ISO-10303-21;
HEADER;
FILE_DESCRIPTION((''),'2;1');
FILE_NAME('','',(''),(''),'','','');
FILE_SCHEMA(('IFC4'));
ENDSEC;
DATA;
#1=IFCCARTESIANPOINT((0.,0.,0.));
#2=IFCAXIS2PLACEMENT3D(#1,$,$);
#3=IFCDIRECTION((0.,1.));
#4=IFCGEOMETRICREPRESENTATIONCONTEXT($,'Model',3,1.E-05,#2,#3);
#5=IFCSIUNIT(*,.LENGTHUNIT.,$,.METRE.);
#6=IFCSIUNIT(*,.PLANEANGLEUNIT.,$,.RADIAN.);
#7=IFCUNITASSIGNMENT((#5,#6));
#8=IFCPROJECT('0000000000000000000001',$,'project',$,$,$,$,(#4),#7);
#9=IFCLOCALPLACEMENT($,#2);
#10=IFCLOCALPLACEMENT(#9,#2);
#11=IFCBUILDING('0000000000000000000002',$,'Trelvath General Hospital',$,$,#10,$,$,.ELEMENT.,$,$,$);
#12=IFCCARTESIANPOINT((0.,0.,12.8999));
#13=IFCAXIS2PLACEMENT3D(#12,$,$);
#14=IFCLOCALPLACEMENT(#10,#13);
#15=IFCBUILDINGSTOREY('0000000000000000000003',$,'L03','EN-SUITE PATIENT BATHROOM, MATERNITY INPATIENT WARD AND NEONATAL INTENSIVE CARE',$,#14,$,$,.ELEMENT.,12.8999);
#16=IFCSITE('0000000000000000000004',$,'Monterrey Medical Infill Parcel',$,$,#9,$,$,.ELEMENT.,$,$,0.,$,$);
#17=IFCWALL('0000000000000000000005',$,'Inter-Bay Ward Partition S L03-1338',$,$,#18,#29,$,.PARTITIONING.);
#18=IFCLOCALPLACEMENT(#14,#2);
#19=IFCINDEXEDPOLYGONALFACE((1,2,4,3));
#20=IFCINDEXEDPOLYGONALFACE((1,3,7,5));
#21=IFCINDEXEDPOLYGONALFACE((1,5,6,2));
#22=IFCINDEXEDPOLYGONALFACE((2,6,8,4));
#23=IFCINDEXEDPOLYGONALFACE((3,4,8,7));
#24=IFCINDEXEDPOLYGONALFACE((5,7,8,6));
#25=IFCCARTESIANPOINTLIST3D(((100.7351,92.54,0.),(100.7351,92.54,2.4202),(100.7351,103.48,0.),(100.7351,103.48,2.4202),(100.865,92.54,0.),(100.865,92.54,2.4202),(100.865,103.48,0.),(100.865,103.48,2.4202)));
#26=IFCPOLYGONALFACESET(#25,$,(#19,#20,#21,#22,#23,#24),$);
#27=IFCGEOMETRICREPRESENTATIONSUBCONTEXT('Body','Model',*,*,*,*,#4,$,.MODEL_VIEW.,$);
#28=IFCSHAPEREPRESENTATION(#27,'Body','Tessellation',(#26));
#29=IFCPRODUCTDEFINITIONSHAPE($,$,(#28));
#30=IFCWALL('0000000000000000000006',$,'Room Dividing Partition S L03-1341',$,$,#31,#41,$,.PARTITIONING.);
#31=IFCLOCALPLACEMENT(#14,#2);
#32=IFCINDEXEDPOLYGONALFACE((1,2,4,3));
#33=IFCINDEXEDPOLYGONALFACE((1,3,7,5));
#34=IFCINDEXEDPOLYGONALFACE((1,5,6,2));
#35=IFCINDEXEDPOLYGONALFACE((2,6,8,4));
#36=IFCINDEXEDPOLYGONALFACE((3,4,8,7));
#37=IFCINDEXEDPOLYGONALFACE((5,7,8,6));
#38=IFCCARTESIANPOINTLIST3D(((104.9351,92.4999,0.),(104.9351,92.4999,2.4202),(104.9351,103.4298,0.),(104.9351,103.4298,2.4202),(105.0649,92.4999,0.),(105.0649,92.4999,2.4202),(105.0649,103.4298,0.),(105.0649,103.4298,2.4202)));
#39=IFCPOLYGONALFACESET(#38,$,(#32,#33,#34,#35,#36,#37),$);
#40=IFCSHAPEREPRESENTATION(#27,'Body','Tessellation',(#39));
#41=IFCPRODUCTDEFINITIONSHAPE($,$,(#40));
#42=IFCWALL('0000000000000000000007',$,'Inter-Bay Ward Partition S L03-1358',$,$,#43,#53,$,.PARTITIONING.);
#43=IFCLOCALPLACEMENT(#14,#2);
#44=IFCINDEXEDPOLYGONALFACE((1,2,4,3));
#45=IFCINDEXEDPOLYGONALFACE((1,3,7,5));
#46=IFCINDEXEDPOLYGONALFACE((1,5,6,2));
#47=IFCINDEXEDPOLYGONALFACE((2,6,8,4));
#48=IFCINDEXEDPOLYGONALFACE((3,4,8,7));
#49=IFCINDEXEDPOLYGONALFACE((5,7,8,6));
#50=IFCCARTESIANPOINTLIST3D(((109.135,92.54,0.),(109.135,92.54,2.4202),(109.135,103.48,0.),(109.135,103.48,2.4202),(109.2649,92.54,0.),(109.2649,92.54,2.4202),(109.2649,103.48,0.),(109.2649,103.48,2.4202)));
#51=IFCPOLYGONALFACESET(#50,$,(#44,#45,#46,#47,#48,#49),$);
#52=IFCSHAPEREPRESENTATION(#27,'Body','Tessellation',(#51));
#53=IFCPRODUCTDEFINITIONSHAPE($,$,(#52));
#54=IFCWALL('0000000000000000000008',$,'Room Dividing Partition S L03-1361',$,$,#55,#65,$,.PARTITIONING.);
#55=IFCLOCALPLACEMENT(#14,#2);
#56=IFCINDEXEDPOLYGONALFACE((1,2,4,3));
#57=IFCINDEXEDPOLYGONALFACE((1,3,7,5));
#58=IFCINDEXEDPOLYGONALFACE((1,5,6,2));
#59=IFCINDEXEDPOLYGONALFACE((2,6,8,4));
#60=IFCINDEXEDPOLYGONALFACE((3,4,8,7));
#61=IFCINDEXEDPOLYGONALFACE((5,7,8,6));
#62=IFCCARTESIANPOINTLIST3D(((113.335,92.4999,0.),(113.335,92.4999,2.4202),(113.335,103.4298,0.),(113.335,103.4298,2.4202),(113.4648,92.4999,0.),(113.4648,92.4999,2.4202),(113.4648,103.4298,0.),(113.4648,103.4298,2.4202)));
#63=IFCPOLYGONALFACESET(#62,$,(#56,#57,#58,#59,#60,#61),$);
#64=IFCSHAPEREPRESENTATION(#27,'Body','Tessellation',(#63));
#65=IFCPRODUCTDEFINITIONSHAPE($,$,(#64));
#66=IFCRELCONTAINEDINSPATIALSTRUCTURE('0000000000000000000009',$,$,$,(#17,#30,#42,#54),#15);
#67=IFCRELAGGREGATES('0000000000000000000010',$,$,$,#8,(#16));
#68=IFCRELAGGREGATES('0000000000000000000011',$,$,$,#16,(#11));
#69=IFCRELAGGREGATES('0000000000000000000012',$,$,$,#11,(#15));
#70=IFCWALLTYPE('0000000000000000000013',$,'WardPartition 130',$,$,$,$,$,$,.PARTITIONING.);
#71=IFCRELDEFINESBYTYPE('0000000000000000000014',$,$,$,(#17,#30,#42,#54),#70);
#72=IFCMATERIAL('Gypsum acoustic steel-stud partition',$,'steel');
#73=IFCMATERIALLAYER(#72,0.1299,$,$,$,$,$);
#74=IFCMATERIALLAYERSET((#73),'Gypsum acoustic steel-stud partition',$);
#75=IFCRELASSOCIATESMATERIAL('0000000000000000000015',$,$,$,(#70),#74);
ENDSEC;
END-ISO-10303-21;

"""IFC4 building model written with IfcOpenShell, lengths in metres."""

from ifc_helpers import new_model, si_unit, direction, frame, frame_2d, origin, place, context, subcontext, project, spatial, rectangle, extrude, material, layer, layer_set, type_object, element, save


model = new_model("IFC4")

# Units and contexts
model_context = context("Model", 3, precision=1e-05, world=origin(), true_north=direction((0.0, 1.0)))
body_context = subcontext(model_context, "Body", "Model", "MODEL_VIEW")
ifc_project = project(units=[si_unit("LENGTHUNIT", "METRE"), si_unit("PLANEANGLEUNIT", "RADIAN")], contexts=[model_context])

# Site, building, storey
site_placement = place(None, origin())
site = spatial("IfcSite", under=ifc_project, at=site_placement, Name="Monterrey Medical Infill Parcel", CompositionType="ELEMENT", RefElevation=0.0)
building_placement = place(site_placement, origin())
building = spatial("IfcBuilding", under=site, at=building_placement, Name="Trelvath General Hospital", CompositionType="ELEMENT")
storey_placement = place(building_placement, frame((0.0, 0.0, 12.8999)))
storey = spatial("IfcBuildingStorey", under=building, at=storey_placement, Name="L03", Description="EN-SUITE PATIENT BATHROOM, MATERNITY INPATIENT WARD AND NEONATAL INTENSIVE CARE", CompositionType="ELEMENT", Elevation=12.8999)

# Walls
ifc_material_1 = material(Name="Gypsum acoustic steel-stud partition", Category="steel")
ifc_layer_1 = layer(ifc_material_1, 0.1299)
ifc_layer_set_1 = layer_set([ifc_layer_1], Name="Gypsum acoustic steel-stud partition")
wall_type_1 = type_object("IfcWallType", Name="WardPartition 130", PredefinedType="PARTITIONING", material=ifc_layer_set_1)
wall_1_placement = place(storey_placement, frame((100.8, 92.54, 0.0), z_axis=(0.0, 0.0, 1.0), x_axis=(0.0, 1.0, 0.0)))
element("IfcWall", 1, at=wall_1_placement, inside=storey, type_object=wall_type_1, Name="Inter-Bay Ward Partition S L03-1338", PredefinedType="PARTITIONING", context=body_context, shape_type="SweptSolid", body=[
    extrude(rectangle(XDim=10.9399, YDim=0.1299, at=frame_2d((5.47, 0.0))), origin(), (0.0, 0.0, 1.0), 2.4202),
])
wall_2_placement = place(storey_placement, frame((105.0, 92.5, 0.0), z_axis=(0.0, 0.0, 1.0), x_axis=(0.0, 1.0, 0.0)))
element("IfcWall", 2, at=wall_2_placement, inside=storey, type_object=wall_type_1, Name="Room Dividing Partition S L03-1341", PredefinedType="PARTITIONING", context=body_context, shape_type="SweptSolid", body=[
    extrude(rectangle(XDim=10.9299, YDim=0.1299, at=frame_2d((5.4648, 0.0))), origin(), (0.0, 0.0, 1.0), 2.4202),
])
wall_3_placement = place(storey_placement, frame((109.2, 92.54, 0.0), z_axis=(0.0, 0.0, 1.0), x_axis=(0.0, 1.0, 0.0)))
element("IfcWall", 3, at=wall_3_placement, inside=storey, type_object=wall_type_1, Name="Inter-Bay Ward Partition S L03-1358", PredefinedType="PARTITIONING", context=body_context, shape_type="SweptSolid", body=[
    extrude(rectangle(XDim=10.9399, YDim=0.1299, at=frame_2d((5.47, 0.0))), origin(), (0.0, 0.0, 1.0), 2.4202),
])
wall_4_placement = place(storey_placement, frame((113.3999, 92.5, 0.0), z_axis=(0.0, 0.0, 1.0), x_axis=(0.0, 1.0, 0.0)))
element("IfcWall", 4, at=wall_4_placement, inside=storey, type_object=wall_type_1, Name="Room Dividing Partition S L03-1361", PredefinedType="PARTITIONING", context=body_context, shape_type="SweptSolid", body=[
    extrude(rectangle(XDim=10.9299, YDim=0.1299, at=frame_2d((5.4648, 0.0))), origin(), (0.0, 0.0, 1.0), 2.4202),
])

save(model, "model.ifc")
